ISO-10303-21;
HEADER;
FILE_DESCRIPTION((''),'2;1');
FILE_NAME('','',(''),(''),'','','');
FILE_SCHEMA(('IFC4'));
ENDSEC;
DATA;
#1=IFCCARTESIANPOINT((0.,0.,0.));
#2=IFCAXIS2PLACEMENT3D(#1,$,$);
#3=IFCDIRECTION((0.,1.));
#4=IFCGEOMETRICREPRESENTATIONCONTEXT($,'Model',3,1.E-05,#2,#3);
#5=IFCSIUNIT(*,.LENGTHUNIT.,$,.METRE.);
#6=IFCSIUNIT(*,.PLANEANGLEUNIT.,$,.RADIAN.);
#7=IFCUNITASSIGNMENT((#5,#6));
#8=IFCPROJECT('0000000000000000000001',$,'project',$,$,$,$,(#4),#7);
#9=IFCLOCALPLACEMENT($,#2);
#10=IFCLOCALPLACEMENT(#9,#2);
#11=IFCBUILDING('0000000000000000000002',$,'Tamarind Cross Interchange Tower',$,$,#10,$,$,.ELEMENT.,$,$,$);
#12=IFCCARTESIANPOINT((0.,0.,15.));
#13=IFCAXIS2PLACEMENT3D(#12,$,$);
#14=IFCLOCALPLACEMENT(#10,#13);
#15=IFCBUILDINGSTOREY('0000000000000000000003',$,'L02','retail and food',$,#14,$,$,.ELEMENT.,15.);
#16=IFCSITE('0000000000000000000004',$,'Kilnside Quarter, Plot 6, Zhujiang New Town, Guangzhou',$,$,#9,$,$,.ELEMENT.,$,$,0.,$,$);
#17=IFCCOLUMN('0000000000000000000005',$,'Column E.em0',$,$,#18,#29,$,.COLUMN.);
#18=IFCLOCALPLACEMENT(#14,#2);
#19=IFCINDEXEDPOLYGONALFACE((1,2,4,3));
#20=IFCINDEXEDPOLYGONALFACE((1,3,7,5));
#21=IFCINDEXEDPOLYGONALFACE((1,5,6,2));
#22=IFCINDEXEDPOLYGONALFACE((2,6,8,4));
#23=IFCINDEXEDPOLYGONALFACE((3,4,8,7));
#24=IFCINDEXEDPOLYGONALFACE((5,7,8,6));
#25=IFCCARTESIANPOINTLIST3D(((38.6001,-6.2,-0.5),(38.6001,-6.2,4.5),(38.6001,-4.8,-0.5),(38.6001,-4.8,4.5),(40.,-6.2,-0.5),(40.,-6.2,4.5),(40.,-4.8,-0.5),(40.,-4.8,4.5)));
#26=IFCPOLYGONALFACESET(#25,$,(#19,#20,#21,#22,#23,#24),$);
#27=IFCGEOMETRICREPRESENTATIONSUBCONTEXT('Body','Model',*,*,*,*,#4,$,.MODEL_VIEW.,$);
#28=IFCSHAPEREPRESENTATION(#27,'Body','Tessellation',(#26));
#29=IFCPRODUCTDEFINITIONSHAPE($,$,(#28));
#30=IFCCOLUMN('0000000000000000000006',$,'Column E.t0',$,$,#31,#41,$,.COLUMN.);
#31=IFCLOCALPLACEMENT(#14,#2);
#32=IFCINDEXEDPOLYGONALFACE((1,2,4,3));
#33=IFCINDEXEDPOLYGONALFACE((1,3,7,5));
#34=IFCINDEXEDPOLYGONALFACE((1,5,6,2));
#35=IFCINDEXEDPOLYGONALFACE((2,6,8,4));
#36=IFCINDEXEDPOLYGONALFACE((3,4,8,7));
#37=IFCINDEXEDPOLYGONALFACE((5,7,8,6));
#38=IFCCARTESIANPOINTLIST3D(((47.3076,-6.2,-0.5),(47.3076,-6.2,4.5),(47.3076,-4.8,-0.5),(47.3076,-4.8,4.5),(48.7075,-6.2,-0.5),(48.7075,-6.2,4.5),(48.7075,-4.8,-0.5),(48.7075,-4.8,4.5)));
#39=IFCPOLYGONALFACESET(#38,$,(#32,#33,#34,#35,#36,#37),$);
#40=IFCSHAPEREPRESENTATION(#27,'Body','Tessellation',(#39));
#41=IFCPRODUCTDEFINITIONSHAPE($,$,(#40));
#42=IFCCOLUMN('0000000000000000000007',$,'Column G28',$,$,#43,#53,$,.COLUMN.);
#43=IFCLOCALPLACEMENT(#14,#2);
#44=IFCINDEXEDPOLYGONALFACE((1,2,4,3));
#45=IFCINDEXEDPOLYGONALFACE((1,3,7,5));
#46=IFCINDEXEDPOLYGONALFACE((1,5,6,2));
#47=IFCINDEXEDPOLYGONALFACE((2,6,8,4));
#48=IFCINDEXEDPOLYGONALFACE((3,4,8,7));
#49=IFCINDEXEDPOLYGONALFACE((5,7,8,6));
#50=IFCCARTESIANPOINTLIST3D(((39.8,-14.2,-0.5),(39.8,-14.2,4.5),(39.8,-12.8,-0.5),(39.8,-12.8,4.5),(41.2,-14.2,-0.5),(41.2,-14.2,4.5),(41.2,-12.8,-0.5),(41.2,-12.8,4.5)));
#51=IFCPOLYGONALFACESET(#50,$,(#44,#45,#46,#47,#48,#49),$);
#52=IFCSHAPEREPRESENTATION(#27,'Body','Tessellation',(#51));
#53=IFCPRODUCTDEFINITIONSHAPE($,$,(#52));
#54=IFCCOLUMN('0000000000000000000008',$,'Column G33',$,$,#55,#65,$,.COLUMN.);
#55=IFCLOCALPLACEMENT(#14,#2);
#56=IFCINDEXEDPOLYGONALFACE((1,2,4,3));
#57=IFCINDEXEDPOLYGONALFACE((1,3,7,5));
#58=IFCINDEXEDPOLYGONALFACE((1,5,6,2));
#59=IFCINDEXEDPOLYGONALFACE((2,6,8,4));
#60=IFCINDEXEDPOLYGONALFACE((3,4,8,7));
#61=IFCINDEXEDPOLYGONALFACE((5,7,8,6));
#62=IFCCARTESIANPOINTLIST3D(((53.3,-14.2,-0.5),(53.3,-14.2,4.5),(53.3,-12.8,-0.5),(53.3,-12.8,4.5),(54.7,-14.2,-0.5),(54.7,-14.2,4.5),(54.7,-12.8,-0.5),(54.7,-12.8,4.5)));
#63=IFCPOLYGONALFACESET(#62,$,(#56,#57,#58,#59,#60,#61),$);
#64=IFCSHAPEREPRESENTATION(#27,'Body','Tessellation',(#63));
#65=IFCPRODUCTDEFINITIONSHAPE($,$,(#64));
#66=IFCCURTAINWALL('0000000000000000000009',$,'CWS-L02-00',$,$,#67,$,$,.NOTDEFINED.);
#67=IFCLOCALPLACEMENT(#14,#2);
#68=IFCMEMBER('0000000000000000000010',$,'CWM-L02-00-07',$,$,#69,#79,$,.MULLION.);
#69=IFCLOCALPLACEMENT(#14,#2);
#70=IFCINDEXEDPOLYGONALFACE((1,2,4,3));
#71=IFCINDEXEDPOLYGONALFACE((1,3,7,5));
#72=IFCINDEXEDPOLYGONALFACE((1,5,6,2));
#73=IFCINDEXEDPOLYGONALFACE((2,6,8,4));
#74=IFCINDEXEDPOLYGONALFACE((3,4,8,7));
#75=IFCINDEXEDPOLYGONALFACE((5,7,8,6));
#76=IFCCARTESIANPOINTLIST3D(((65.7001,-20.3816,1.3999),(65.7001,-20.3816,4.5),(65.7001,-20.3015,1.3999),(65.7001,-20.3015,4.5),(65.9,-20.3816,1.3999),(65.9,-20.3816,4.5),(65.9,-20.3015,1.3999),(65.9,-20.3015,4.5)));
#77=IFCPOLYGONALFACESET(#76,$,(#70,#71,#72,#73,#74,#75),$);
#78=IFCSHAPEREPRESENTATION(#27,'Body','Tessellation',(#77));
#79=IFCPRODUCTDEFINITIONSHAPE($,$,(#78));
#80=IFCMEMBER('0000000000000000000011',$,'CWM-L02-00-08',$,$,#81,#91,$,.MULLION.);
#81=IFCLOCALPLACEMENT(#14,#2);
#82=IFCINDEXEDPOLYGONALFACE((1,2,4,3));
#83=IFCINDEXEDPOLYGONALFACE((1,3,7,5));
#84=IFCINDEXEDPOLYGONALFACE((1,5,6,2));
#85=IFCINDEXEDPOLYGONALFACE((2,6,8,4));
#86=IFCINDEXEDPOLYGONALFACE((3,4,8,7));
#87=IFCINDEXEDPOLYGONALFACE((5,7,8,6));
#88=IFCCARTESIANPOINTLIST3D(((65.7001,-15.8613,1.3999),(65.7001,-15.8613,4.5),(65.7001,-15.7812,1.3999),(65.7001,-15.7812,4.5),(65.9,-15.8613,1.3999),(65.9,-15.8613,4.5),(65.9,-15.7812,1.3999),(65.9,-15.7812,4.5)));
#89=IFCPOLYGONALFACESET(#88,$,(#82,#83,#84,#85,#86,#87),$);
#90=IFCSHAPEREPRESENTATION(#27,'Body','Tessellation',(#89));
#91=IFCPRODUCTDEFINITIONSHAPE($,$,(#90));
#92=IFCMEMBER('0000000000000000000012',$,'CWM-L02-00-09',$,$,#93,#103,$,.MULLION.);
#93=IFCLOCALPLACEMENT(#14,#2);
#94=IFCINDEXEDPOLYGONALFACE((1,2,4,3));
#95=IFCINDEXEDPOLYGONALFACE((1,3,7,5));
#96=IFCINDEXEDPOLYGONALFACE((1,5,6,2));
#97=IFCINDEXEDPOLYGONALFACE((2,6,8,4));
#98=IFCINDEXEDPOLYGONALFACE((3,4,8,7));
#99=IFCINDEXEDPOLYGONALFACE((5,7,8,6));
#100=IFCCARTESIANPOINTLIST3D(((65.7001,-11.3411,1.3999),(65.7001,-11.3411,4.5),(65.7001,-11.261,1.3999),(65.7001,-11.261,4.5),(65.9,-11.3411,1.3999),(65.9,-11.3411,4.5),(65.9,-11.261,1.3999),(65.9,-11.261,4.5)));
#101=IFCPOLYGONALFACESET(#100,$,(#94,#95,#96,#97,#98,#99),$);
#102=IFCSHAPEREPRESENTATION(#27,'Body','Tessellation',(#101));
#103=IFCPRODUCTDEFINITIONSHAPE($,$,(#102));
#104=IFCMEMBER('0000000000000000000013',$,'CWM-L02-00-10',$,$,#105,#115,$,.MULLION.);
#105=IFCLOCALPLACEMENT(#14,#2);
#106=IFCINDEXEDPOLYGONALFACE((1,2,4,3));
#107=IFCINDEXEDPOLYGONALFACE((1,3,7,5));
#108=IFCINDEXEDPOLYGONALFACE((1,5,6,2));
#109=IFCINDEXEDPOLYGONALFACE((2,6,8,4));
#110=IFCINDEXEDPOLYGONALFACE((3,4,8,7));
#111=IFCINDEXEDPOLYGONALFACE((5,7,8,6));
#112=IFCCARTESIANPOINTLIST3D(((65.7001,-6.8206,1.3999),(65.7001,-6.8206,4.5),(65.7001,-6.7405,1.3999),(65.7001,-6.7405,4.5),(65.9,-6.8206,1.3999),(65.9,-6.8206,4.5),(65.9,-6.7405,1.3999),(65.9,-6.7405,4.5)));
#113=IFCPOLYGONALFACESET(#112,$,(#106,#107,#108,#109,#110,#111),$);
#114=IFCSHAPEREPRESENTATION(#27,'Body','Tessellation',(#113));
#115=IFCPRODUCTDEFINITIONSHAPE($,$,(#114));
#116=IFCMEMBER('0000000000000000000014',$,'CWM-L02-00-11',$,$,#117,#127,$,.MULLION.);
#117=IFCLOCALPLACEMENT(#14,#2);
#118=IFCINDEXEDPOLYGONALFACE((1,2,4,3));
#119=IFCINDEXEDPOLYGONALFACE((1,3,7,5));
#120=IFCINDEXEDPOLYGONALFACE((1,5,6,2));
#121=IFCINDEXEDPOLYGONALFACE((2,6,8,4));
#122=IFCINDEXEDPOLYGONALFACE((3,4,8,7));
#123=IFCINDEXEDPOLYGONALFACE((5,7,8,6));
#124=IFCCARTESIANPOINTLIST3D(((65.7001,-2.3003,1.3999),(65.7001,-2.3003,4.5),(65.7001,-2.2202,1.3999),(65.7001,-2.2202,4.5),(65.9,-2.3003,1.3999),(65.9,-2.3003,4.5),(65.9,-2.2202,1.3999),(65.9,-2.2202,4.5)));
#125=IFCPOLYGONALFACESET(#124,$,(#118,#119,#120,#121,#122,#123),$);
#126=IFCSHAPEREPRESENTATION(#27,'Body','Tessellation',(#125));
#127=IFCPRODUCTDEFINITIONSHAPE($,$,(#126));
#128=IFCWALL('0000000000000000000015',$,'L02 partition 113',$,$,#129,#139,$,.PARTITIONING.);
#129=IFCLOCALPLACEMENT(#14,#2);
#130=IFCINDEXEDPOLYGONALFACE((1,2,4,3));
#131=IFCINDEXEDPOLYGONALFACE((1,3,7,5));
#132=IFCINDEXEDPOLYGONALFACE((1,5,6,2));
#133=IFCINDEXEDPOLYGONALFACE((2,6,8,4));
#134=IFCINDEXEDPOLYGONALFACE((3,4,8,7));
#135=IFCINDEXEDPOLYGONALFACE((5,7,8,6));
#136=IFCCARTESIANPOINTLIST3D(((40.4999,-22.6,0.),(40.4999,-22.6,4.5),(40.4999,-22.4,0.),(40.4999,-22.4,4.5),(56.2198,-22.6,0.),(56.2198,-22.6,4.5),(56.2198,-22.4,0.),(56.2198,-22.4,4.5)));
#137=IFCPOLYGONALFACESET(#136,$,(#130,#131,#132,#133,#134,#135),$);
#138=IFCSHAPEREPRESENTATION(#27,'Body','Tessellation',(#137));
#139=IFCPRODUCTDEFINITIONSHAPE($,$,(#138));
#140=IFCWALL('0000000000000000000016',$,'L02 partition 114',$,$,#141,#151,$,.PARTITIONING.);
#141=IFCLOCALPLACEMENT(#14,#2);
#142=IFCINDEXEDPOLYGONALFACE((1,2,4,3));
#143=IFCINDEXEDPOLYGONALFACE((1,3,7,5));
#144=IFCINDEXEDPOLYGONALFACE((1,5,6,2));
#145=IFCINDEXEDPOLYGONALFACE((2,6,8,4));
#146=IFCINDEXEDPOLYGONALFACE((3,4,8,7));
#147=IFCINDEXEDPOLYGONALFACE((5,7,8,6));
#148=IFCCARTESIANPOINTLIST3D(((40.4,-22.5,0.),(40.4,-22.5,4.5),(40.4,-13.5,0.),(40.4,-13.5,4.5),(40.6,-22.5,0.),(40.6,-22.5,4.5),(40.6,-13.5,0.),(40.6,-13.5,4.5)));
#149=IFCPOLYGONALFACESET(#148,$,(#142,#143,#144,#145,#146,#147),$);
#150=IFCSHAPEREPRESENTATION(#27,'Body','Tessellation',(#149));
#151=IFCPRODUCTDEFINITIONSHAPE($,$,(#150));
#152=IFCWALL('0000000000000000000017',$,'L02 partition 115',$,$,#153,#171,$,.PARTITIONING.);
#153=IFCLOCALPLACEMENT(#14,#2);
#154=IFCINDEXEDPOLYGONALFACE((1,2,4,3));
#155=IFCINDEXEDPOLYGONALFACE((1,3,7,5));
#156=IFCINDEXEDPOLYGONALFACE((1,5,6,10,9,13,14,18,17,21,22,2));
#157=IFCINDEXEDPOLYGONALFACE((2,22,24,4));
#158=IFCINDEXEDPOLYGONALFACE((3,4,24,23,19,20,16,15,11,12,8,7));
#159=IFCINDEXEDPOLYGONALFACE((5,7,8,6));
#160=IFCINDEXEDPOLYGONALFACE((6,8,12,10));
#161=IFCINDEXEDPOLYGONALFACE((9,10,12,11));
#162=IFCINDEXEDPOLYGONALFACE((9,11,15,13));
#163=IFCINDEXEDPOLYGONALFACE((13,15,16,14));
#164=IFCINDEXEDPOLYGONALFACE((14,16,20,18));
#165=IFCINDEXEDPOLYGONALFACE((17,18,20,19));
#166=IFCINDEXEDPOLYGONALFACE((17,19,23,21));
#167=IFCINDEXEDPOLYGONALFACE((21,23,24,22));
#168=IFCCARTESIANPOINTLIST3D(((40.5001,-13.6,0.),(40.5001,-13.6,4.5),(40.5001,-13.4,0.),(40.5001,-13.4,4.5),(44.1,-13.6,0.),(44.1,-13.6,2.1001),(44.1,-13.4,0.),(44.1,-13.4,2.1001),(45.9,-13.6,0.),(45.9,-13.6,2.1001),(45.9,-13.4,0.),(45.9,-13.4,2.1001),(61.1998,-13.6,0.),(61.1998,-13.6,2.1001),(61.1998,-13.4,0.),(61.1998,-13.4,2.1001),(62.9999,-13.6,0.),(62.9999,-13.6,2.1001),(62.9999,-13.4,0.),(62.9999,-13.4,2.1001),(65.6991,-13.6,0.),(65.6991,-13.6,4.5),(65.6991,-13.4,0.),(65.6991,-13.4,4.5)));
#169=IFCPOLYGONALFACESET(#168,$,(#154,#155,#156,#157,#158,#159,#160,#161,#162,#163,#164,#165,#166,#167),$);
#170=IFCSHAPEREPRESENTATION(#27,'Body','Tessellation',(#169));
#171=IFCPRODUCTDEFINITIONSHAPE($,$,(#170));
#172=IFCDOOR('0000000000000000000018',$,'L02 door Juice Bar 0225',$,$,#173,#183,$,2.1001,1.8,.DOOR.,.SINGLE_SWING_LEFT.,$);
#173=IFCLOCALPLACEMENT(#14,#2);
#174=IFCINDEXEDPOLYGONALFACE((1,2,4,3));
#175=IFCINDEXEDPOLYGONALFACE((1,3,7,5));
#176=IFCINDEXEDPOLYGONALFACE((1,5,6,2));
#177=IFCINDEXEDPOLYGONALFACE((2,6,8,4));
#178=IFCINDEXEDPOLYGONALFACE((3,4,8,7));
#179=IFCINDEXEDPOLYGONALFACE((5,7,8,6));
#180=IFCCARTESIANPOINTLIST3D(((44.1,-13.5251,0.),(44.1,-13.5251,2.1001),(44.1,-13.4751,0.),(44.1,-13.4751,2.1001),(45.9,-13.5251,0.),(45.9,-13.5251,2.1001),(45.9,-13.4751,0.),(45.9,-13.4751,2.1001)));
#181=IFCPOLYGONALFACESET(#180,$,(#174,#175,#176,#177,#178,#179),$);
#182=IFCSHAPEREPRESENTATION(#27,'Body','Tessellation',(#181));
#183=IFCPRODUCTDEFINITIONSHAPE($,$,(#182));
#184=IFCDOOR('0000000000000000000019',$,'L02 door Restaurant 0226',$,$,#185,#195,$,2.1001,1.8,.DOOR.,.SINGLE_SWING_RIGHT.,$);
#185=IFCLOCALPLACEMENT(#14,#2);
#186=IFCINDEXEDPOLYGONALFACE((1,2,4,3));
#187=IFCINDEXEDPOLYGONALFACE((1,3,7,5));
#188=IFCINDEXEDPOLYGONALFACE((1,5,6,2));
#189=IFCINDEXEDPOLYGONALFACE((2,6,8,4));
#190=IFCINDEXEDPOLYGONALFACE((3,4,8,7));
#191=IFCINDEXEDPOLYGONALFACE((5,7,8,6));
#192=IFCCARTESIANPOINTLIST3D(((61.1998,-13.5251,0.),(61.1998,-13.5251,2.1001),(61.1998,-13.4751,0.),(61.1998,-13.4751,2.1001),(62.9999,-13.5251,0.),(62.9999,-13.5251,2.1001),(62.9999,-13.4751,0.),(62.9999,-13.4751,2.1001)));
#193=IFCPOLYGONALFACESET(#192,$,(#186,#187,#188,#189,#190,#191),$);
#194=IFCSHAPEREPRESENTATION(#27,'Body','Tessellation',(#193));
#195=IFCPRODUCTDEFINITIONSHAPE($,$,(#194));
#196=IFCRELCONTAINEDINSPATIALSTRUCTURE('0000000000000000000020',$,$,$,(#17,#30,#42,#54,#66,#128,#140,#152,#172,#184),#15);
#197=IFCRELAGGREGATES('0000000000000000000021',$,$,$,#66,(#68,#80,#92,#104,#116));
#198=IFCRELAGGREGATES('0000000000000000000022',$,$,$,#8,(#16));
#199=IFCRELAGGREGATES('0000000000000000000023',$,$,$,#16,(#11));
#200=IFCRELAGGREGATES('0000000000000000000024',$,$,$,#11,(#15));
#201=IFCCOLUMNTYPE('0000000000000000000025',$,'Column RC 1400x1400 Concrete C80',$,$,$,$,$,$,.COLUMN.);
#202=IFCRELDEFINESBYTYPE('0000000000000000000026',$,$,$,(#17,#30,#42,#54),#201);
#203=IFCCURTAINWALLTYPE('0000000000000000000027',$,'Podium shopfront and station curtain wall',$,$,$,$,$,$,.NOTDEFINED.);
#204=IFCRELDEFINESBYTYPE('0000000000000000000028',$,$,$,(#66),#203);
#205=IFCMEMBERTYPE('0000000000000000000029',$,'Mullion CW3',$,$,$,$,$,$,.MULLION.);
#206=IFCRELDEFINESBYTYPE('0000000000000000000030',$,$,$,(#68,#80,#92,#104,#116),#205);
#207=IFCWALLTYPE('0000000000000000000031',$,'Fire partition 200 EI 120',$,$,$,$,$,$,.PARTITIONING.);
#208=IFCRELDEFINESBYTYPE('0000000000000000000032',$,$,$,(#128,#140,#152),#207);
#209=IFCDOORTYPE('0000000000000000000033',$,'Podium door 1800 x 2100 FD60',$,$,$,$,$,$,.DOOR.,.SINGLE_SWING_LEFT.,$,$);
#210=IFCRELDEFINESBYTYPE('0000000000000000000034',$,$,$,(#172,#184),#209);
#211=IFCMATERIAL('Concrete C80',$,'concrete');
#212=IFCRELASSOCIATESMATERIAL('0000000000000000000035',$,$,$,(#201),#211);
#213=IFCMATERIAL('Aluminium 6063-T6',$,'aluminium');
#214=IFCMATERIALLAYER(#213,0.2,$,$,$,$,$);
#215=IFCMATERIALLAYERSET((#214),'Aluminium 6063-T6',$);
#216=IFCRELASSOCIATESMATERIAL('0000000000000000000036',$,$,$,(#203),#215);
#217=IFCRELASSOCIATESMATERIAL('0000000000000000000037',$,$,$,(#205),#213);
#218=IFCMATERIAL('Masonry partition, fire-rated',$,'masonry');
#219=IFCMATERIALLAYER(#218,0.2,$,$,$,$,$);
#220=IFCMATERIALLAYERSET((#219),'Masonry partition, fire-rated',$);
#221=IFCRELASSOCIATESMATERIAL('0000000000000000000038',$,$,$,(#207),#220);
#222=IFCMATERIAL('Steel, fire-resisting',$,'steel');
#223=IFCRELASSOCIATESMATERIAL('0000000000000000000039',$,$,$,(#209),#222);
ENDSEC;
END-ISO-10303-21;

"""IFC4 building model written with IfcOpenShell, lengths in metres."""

from ifc_helpers import new_model, si_unit, direction, frame, frame_2d, origin, origin_2d, place, context, subcontext, project, spatial, rectangle, extrude, material, layer, layer_set, material_profile, profile_set, type_object, element, fill, aggregate, save


model = new_model("IFC4")

# Units and contexts
model_context = context("Model", 3, precision=1e-05, world=origin(), true_north=direction((0.0, 1.0)))
body_context = subcontext(model_context, "Body", "Model", "MODEL_VIEW")
ifc_project = project(units=[si_unit("LENGTHUNIT", "METRE"), si_unit("PLANEANGLEUNIT", "RADIAN")], contexts=[model_context])

# Site, building, storey
site_placement = place(None, origin())
site = spatial("IfcSite", under=ifc_project, at=site_placement, Name="Kilnside Quarter, Plot 6, Zhujiang New Town, Guangzhou", CompositionType="ELEMENT", RefElevation=0.0)
building_placement = place(site_placement, origin())
building = spatial("IfcBuilding", under=site, at=building_placement, Name="Tamarind Cross Interchange Tower", CompositionType="ELEMENT")
storey_placement = place(building_placement, frame((0.0, 0.0, 15.0)))
storey = spatial("IfcBuildingStorey", under=building, at=storey_placement, Name="L02", Description="retail and food", CompositionType="ELEMENT", Elevation=15.0)

# Columns
ifc_material_1 = material(Name="Concrete C80", Category="concrete")
ifc_material_profile_1 = material_profile(ifc_material_1, rectangle(XDim=1.3999, YDim=1.3999, at=origin_2d()), Name="RC 1400x1400")
ifc_profile_set_1 = profile_set([ifc_material_profile_1], Name="Concrete C80")
column_type = type_object("IfcColumnType", Name="Column RC 1400x1400 Concrete C80", PredefinedType="COLUMN", material=ifc_profile_set_1)
for number, where, z_axis, x_axis, name in (
    (1, (39.3, -5.5, -0.5), (0.0, 0.0, 1.0), (1.0, 0.0, 0.0), "Column E.em0"),
    (2, (48.0076, -5.5, -0.5), (0.0, 0.0, 1.0), (1.0, 0.0, 0.0), "Column E.t0"),
    (3, (40.5, -13.5, -0.5), (0.0, 0.0, 1.0), (1.0, 0.0, 0.0), "Column G28"),
    (4, (54.0, -13.5, -0.5), (0.0, 0.0, 1.0), (1.0, 0.0, 0.0), "Column G33"),
):
    element("IfcColumn", number, at=place(storey_placement, frame(where, z_axis=z_axis, x_axis=x_axis)), inside=storey, type_object=column_type, Name=name, PredefinedType="COLUMN", context=body_context, shape_type="SweptSolid", body=[
        extrude(rectangle(XDim=1.3999, YDim=1.3999, at=origin_2d()), origin(), (0.0, 0.0, 1.0), 5.0),
    ])

# Curtain wall, members
ifc_material_2 = material(Name="Aluminium 6063-T6", Category="aluminium")
ifc_layer_1 = layer(ifc_material_2, 0.2)
ifc_layer_set_1 = layer_set([ifc_layer_1], Name="Aluminium 6063-T6")
curtain_wall_type = type_object("IfcCurtainWallType", Name="Podium shopfront and station curtain wall", PredefinedType="NOTDEFINED", material=ifc_layer_set_1)
curtain_wall_placement = place(storey_placement, origin())
curtain_wall = element("IfcCurtainWall", 5, at=curtain_wall_placement, inside=storey, type_object=curtain_wall_type, Name="CWS-L02-00", PredefinedType="NOTDEFINED")
ifc_material_profile_2 = material_profile(ifc_material_2, rectangle(XDim=0.0801, YDim=0.2, at=origin_2d()), Name="Mullion CW3")
ifc_profile_set_2 = profile_set([ifc_material_profile_2], Name="Aluminium 6063-T6")
member_type = type_object("IfcMemberType", Name="Mullion CW3", PredefinedType="MULLION", material=ifc_profile_set_2)
member_1_placement = place(storey_placement, frame((65.8, -20.3416, 1.3999), z_axis=(0.0, 0.0, 1.0), x_axis=(0.0, 1.0, 0.0)))
member_1 = element("IfcMember", 6, at=member_1_placement, type_object=member_type, Name="CWM-L02-00-07", PredefinedType="MULLION", context=body_context, shape_type="SweptSolid", body=[
    extrude(rectangle(XDim=0.0801, YDim=0.2, at=origin_2d()), origin(), (0.0, 0.0, 1.0), 3.1001),
])
member_2_placement = place(storey_placement, frame((65.8, -15.8213, 1.3999), z_axis=(0.0, 0.0, 1.0), x_axis=(0.0, 1.0, 0.0)))
member_2 = element("IfcMember", 7, at=member_2_placement, type_object=member_type, Name="CWM-L02-00-08", PredefinedType="MULLION", context=body_context, shape_type="SweptSolid", body=[
    extrude(rectangle(XDim=0.0801, YDim=0.2, at=origin_2d()), origin(), (0.0, 0.0, 1.0), 3.1001),
])
member_3_placement = place(storey_placement, frame((65.8, -11.301, 1.3999), z_axis=(0.0, 0.0, 1.0), x_axis=(0.0, 1.0, 0.0)))
member_3 = element("IfcMember", 8, at=member_3_placement, type_object=member_type, Name="CWM-L02-00-09", PredefinedType="MULLION", context=body_context, shape_type="SweptSolid", body=[
    extrude(rectangle(XDim=0.0801, YDim=0.2, at=origin_2d()), origin(), (0.0, 0.0, 1.0), 3.1001),
])
member_4_placement = place(storey_placement, frame((65.8, -6.7805, 1.3999), z_axis=(0.0, 0.0, 1.0), x_axis=(0.0, 1.0, 0.0)))
member_4 = element("IfcMember", 9, at=member_4_placement, type_object=member_type, Name="CWM-L02-00-10", PredefinedType="MULLION", context=body_context, shape_type="SweptSolid", body=[
    extrude(rectangle(XDim=0.0801, YDim=0.2, at=origin_2d()), origin(), (0.0, 0.0, 1.0), 3.1001),
])
member_5_placement = place(storey_placement, frame((65.8, -2.2603, 1.3999), z_axis=(0.0, 0.0, 1.0), x_axis=(0.0, 1.0, 0.0)))
member_5 = element("IfcMember", 10, at=member_5_placement, type_object=member_type, Name="CWM-L02-00-11", PredefinedType="MULLION", context=body_context, shape_type="SweptSolid", body=[
    extrude(rectangle(XDim=0.0801, YDim=0.2, at=origin_2d()), origin(), (0.0, 0.0, 1.0), 3.1001),
])
aggregate(curtain_wall, [member_1, member_2, member_3, member_4, member_5])

# Walls
ifc_material_3 = material(Name="Masonry partition, fire-rated", Category="masonry")
ifc_layer_2 = layer(ifc_material_3, 0.2)
ifc_layer_set_2 = layer_set([ifc_layer_2], Name="Masonry partition, fire-rated")
wall_type_1 = type_object("IfcWallType", Name="Fire partition 200 EI 120", PredefinedType="PARTITIONING", material=ifc_layer_set_2)
wall_1_placement = place(storey_placement, frame((40.5, -22.5, 0.0), z_axis=(0.0, 0.0, 1.0), x_axis=(1.0, 0.0, 0.0)))
element("IfcWall", 11, at=wall_1_placement, inside=storey, type_object=wall_type_1, Name="L02 partition 113", PredefinedType="PARTITIONING", context=body_context, shape_type="SweptSolid", body=[
    extrude(rectangle(XDim=15.72, YDim=0.2, at=frame_2d((7.8599, 0.0))), origin(), (0.0, 0.0, 1.0), 4.5),
])
wall_2_placement = place(storey_placement, frame((40.5, -22.5, 0.0), z_axis=(0.0, 0.0, 1.0), x_axis=(0.0, 1.0, 0.0)))
element("IfcWall", 12, at=wall_2_placement, inside=storey, type_object=wall_type_1, Name="L02 partition 114", PredefinedType="PARTITIONING", context=body_context, shape_type="SweptSolid", body=[
    extrude(rectangle(XDim=9.0, YDim=0.2, at=frame_2d((4.5, 0.0))), origin(), (0.0, 0.0, 1.0), 4.5),
])

# Wall, openings, doors
wall_3_placement = place(storey_placement, frame((40.5, -13.5, 0.0), z_axis=(0.0, 0.0, 1.0), x_axis=(1.0, 0.0, 0.0)))
wall_3 = element("IfcWall", 13, at=wall_3_placement, inside=storey, type_object=wall_type_1, Name="L02 partition 115", PredefinedType="PARTITIONING", context=body_context, shape_type="SweptSolid", body=[
    extrude(rectangle(XDim=25.199, YDim=0.2, at=frame_2d((12.5996, 0.0))), origin(), (0.0, 0.0, 1.0), 4.5),
])
opening_1_placement = place(wall_3_placement, frame((3.6001, 0.0, 0.0)))
opening_1 = element("IfcOpeningElement", 14, at=opening_1_placement, cuts=wall_3, PredefinedType="OPENING", context=body_context, shape_type="SweptSolid", body=[
    extrude(rectangle(XDim=1.8, YDim=2.1001, at=frame_2d((0.8999, 1.05))), frame((0.0, 0.1099, 0.0), z_axis=(0.0, -1.0, 0.0), x_axis=(1.0, 0.0, 0.0)), (0.0, 0.0, 1.0), 0.22),
])
opening_2_placement = place(wall_3_placement, frame((20.7, 0.0, 0.0)))
opening_2 = element("IfcOpeningElement", 15, at=opening_2_placement, cuts=wall_3, PredefinedType="OPENING", context=body_context, shape_type="SweptSolid", body=[
    extrude(rectangle(XDim=1.8, YDim=2.1001, at=frame_2d((0.8999, 1.05))), frame((0.0, 0.1099, 0.0), z_axis=(0.0, -1.0, 0.0), x_axis=(1.0, 0.0, 0.0)), (0.0, 0.0, 1.0), 0.22),
])
ifc_material_4 = material(Name="Steel, fire-resisting", Category="steel")
door_type = type_object("IfcDoorType", Name="Podium door 1800 x 2100 FD60", OperationType="SINGLE_SWING_LEFT", PredefinedType="DOOR", material=ifc_material_4)
door_1_placement = place(opening_1_placement, origin())
door_1 = element("IfcDoor", 16, at=door_1_placement, inside=storey, type_object=door_type, Name="L02 door Juice Bar 0225", OperationType="SINGLE_SWING_LEFT", OverallHeight=2.1001, OverallWidth=1.8, PredefinedType="DOOR", context=body_context, shape_type="SweptSolid", body=[
    extrude(rectangle(XDim=1.8, YDim=2.1001, at=frame_2d((0.8999, 1.05))), frame((0.0, 0.0249, 0.0), z_axis=(0.0, -1.0, 0.0), x_axis=(1.0, 0.0, 0.0)), (0.0, 0.0, 1.0), 0.05),
])
fill(opening_1, door_1)
door_2_placement = place(opening_2_placement, origin())
door_2 = element("IfcDoor", 17, at=door_2_placement, inside=storey, type_object=door_type, Name="L02 door Restaurant 0226", OperationType="SINGLE_SWING_RIGHT", OverallHeight=2.1001, OverallWidth=1.8, PredefinedType="DOOR", context=body_context, shape_type="SweptSolid", body=[
    extrude(rectangle(XDim=1.8, YDim=2.1001, at=frame_2d((0.8999, 1.05))), frame((0.0, 0.0249, 0.0), z_axis=(0.0, -1.0, 0.0), x_axis=(1.0, 0.0, 0.0)), (0.0, 0.0, 1.0), 0.05),
])
fill(opening_2, door_2)

save(model, "model.ifc")
